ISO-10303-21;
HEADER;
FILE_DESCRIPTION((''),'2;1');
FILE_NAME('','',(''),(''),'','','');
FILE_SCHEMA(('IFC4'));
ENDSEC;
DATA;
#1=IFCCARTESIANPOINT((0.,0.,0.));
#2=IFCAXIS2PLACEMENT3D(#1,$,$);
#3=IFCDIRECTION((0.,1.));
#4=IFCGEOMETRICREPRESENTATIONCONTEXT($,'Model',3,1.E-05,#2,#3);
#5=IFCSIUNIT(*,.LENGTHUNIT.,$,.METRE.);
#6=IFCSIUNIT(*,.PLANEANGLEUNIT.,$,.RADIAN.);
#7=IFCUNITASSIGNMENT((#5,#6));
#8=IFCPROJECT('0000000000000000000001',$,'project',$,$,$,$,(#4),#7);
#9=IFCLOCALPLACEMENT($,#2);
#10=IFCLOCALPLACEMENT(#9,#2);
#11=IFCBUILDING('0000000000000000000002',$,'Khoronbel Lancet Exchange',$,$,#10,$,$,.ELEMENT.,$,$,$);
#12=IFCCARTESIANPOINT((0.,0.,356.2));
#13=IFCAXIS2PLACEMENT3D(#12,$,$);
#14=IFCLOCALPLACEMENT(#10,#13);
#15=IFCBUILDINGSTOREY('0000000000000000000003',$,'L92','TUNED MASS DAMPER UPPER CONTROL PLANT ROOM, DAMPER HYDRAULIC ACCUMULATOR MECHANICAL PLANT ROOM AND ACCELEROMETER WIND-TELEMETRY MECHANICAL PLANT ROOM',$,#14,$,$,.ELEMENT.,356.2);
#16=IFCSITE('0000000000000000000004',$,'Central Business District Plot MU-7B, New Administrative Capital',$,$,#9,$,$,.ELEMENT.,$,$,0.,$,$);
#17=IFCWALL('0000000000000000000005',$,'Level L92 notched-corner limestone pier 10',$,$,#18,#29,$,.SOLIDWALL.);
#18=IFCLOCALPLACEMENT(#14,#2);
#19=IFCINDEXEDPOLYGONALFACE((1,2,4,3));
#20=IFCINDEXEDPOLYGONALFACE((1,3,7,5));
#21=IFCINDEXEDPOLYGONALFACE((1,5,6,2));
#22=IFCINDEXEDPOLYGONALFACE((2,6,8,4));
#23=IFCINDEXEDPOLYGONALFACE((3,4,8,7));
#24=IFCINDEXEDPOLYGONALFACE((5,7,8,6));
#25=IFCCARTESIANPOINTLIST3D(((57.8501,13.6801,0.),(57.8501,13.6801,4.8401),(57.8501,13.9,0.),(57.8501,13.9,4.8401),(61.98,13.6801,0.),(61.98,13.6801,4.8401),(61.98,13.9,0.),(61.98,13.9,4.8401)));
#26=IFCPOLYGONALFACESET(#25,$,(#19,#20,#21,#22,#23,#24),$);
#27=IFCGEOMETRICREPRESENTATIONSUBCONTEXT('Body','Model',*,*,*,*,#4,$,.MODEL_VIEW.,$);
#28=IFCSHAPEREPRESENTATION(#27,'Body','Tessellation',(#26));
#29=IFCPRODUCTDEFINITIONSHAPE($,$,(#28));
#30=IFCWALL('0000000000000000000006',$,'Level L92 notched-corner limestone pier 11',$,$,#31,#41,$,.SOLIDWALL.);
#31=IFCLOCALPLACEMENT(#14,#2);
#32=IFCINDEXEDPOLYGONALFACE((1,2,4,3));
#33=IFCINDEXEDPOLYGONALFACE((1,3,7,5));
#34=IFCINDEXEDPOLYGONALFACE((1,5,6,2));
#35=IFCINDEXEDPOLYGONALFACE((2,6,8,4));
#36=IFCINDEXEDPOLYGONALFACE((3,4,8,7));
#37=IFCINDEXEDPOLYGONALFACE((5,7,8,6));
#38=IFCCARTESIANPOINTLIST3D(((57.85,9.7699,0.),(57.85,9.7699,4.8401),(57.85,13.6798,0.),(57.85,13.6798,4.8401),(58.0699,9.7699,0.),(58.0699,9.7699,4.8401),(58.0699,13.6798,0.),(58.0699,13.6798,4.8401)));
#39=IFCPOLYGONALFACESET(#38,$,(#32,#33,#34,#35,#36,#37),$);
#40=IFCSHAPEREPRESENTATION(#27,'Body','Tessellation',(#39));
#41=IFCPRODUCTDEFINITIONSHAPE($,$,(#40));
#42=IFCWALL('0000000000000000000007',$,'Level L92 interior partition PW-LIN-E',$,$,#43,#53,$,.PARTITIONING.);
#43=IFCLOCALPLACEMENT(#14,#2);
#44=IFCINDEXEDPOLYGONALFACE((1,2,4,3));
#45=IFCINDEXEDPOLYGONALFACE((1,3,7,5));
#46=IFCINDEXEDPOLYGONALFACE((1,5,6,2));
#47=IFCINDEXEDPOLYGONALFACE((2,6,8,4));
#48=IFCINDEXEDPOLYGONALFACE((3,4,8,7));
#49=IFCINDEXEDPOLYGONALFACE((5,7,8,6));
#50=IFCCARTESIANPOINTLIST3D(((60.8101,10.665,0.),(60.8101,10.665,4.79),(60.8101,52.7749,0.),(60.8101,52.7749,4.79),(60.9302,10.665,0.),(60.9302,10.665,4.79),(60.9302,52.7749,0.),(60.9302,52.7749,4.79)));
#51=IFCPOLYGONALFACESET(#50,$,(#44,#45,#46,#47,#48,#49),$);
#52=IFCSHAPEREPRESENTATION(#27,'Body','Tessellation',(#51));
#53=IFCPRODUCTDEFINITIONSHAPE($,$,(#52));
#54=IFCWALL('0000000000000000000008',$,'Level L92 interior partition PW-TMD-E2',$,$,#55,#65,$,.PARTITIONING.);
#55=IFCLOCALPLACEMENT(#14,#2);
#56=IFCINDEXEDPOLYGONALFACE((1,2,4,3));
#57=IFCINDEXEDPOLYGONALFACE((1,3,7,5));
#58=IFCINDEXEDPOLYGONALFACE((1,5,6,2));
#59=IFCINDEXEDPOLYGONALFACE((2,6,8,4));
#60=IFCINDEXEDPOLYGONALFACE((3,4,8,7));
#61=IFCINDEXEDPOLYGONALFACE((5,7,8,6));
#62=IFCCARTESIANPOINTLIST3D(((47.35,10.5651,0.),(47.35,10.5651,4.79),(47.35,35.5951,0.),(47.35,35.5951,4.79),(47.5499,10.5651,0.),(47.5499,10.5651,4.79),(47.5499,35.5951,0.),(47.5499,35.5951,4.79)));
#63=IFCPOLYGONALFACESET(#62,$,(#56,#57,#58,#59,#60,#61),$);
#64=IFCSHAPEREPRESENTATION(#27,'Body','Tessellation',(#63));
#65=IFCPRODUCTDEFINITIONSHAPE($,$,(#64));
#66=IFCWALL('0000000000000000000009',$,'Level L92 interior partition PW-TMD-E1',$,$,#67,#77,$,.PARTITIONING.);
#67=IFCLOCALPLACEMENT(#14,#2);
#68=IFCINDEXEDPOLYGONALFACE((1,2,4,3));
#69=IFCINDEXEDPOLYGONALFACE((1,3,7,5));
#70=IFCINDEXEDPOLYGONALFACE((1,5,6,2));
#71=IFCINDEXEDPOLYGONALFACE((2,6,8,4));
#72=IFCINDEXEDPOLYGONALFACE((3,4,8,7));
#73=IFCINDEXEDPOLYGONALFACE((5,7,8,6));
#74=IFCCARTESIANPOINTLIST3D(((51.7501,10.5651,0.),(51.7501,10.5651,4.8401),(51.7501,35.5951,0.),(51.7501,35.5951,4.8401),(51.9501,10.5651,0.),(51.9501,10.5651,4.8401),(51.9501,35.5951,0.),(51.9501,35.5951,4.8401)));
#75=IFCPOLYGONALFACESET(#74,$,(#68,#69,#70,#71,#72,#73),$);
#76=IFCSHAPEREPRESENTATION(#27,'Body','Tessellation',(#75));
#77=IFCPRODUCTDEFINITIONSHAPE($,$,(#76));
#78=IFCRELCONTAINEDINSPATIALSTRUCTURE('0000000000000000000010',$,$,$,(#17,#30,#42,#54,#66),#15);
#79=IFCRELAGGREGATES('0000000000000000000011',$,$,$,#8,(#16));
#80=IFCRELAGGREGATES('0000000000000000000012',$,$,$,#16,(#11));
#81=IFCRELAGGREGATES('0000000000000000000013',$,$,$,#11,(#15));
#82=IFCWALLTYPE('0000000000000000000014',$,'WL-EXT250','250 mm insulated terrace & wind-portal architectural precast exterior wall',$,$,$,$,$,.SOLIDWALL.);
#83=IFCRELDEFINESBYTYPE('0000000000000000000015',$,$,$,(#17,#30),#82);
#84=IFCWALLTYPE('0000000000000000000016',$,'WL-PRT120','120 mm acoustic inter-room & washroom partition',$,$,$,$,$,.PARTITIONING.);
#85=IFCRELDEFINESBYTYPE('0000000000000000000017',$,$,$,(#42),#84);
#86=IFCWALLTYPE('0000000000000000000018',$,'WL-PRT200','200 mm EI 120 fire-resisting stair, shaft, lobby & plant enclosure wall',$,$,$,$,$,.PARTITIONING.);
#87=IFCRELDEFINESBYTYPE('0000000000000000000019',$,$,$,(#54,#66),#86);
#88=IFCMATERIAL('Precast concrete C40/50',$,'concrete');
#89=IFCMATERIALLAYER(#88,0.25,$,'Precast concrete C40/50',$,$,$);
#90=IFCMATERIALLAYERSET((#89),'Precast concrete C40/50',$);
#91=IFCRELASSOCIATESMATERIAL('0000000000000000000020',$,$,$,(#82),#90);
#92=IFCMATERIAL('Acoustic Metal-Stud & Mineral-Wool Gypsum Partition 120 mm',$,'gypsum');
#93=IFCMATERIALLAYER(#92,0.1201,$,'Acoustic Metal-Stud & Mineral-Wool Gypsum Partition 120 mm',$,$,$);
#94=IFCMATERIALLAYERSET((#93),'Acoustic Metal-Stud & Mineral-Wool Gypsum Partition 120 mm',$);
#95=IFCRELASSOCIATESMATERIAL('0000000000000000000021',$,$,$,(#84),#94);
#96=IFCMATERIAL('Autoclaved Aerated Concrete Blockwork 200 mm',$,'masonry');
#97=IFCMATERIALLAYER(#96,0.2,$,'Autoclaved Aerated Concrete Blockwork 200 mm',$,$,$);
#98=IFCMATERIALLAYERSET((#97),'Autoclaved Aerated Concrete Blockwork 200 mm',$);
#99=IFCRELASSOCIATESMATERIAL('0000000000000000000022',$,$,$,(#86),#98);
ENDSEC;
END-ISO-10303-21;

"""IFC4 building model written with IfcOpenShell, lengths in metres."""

from ifc_helpers import new_model, si_unit, direction, frame, frame_2d, origin, place, context, subcontext, project, spatial, rectangle, extrude, material, layer, layer_set, type_object, element, save


model = new_model("IFC4")

# Units and contexts
model_context = context("Model", 3, precision=1e-05, world=origin(), true_north=direction((0.0, 1.0)))
body_context = subcontext(model_context, "Body", "Model", "MODEL_VIEW")
ifc_project = project(units=[si_unit("LENGTHUNIT", "METRE"), si_unit("PLANEANGLEUNIT", "RADIAN")], contexts=[model_context])

# Site, building, storey
site_placement = place(None, origin())
site = spatial("IfcSite", under=ifc_project, at=site_placement, Name="Central Business District Plot MU-7B, New Administrative Capital", CompositionType="ELEMENT", RefElevation=0.0)
building_placement = place(site_placement, origin())
building = spatial("IfcBuilding", under=site, at=building_placement, Name="Khoronbel Lancet Exchange", CompositionType="ELEMENT")
storey_placement = place(building_placement, frame((0.0, 0.0, 356.2)))
storey = spatial("IfcBuildingStorey", under=building, at=storey_placement, Name="L92", Description="TUNED MASS DAMPER UPPER CONTROL PLANT ROOM, DAMPER HYDRAULIC ACCUMULATOR MECHANICAL PLANT ROOM AND ACCELEROMETER WIND-TELEMETRY MECHANICAL PLANT ROOM", CompositionType="ELEMENT", Elevation=356.2)

# Walls
ifc_material_1 = material(Name="Precast concrete C40/50", Category="concrete")
ifc_layer_1 = layer(ifc_material_1, 0.25, Name="Precast concrete C40/50")
ifc_layer_set_1 = layer_set([ifc_layer_1], Name="Precast concrete C40/50")
wall_type_1 = type_object("IfcWallType", Name="WL-EXT250", Description="250 mm insulated terrace & wind-portal architectural precast exterior wall", PredefinedType="SOLIDWALL", material=ifc_layer_set_1)
wall_1_placement = place(storey_placement, frame((61.98, 13.79, 0.0), z_axis=(0.0, 0.0, 1.0), x_axis=(-1.0, 0.0, 0.0)))
element("IfcWall", 1, at=wall_1_placement, inside=storey, type_object=wall_type_1, Name="Level L92 notched-corner limestone pier 10", PredefinedType="SOLIDWALL", context=body_context, shape_type="SweptSolid", body=[
    extrude(rectangle(XDim=4.1299, YDim=0.22, at=frame_2d((2.0649, 0.0))), origin(), (0.0, 0.0, 1.0), 4.8401),
])
wall_2_placement = place(storey_placement, frame((57.96, 13.6799, 0.0), z_axis=(0.0, 0.0, 1.0), x_axis=(0.0, -1.0, 0.0)))
element("IfcWall", 2, at=wall_2_placement, inside=storey, type_object=wall_type_1, Name="Level L92 notched-corner limestone pier 11", PredefinedType="SOLIDWALL", context=body_context, shape_type="SweptSolid", body=[
    extrude(rectangle(XDim=3.9099, YDim=0.22, at=frame_2d((1.9551, 0.0))), origin(), (0.0, 0.0, 1.0), 4.8401),
])
ifc_material_2 = material(Name="Acoustic Metal-Stud & Mineral-Wool Gypsum Partition 120 mm", Category="gypsum")
ifc_layer_2 = layer(ifc_material_2, 0.1201, Name="Acoustic Metal-Stud & Mineral-Wool Gypsum Partition 120 mm")
ifc_layer_set_2 = layer_set([ifc_layer_2], Name="Acoustic Metal-Stud & Mineral-Wool Gypsum Partition 120 mm")
wall_type_2 = type_object("IfcWallType", Name="WL-PRT120", Description="120 mm acoustic inter-room & washroom partition", PredefinedType="PARTITIONING", material=ifc_layer_set_2)
wall_3_placement = place(storey_placement, frame((60.8701, 10.665, 0.0), z_axis=(0.0, 0.0, 1.0), x_axis=(0.0, 1.0, 0.0)))
element("IfcWall", 3, at=wall_3_placement, inside=storey, type_object=wall_type_2, Name="Level L92 interior partition PW-LIN-E", PredefinedType="PARTITIONING", context=body_context, shape_type="SweptSolid", body=[
    extrude(rectangle(XDim=42.1099, YDim=0.1201, at=frame_2d((21.0549, 0.0))), origin(), (0.0, 0.0, 1.0), 4.79),
])
ifc_material_3 = material(Name="Autoclaved Aerated Concrete Blockwork 200 mm", Category="masonry")
ifc_layer_3 = layer(ifc_material_3, 0.2, Name="Autoclaved Aerated Concrete Blockwork 200 mm")
ifc_layer_set_3 = layer_set([ifc_layer_3], Name="Autoclaved Aerated Concrete Blockwork 200 mm")
wall_type_3 = type_object("IfcWallType", Name="WL-PRT200", Description="200 mm EI 120 fire-resisting stair, shaft, lobby & plant enclosure wall", PredefinedType="PARTITIONING", material=ifc_layer_set_3)
wall_4_placement = place(storey_placement, frame((47.45, 10.5649, 0.0), z_axis=(0.0, 0.0, 1.0), x_axis=(0.0, 1.0, 0.0)))
element("IfcWall", 4, at=wall_4_placement, inside=storey, type_object=wall_type_3, Name="Level L92 interior partition PW-TMD-E2", PredefinedType="PARTITIONING", context=body_context, shape_type="SweptSolid", body=[
    extrude(rectangle(XDim=25.03, YDim=0.2, at=frame_2d((12.5151, 0.0))), origin(), (0.0, 0.0, 1.0), 4.79),
])
wall_5_placement = place(storey_placement, frame((51.8501, 10.5649, 0.0), z_axis=(0.0, 0.0, 1.0), x_axis=(0.0, 1.0, 0.0)))
element("IfcWall", 5, at=wall_5_placement, inside=storey, type_object=wall_type_3, Name="Level L92 interior partition PW-TMD-E1", PredefinedType="PARTITIONING", context=body_context, shape_type="SweptSolid", body=[
    extrude(rectangle(XDim=25.03, YDim=0.2, at=frame_2d((12.5151, 0.0))), origin(), (0.0, 0.0, 1.0), 4.8401),
])

save(model, "model.ifc")
